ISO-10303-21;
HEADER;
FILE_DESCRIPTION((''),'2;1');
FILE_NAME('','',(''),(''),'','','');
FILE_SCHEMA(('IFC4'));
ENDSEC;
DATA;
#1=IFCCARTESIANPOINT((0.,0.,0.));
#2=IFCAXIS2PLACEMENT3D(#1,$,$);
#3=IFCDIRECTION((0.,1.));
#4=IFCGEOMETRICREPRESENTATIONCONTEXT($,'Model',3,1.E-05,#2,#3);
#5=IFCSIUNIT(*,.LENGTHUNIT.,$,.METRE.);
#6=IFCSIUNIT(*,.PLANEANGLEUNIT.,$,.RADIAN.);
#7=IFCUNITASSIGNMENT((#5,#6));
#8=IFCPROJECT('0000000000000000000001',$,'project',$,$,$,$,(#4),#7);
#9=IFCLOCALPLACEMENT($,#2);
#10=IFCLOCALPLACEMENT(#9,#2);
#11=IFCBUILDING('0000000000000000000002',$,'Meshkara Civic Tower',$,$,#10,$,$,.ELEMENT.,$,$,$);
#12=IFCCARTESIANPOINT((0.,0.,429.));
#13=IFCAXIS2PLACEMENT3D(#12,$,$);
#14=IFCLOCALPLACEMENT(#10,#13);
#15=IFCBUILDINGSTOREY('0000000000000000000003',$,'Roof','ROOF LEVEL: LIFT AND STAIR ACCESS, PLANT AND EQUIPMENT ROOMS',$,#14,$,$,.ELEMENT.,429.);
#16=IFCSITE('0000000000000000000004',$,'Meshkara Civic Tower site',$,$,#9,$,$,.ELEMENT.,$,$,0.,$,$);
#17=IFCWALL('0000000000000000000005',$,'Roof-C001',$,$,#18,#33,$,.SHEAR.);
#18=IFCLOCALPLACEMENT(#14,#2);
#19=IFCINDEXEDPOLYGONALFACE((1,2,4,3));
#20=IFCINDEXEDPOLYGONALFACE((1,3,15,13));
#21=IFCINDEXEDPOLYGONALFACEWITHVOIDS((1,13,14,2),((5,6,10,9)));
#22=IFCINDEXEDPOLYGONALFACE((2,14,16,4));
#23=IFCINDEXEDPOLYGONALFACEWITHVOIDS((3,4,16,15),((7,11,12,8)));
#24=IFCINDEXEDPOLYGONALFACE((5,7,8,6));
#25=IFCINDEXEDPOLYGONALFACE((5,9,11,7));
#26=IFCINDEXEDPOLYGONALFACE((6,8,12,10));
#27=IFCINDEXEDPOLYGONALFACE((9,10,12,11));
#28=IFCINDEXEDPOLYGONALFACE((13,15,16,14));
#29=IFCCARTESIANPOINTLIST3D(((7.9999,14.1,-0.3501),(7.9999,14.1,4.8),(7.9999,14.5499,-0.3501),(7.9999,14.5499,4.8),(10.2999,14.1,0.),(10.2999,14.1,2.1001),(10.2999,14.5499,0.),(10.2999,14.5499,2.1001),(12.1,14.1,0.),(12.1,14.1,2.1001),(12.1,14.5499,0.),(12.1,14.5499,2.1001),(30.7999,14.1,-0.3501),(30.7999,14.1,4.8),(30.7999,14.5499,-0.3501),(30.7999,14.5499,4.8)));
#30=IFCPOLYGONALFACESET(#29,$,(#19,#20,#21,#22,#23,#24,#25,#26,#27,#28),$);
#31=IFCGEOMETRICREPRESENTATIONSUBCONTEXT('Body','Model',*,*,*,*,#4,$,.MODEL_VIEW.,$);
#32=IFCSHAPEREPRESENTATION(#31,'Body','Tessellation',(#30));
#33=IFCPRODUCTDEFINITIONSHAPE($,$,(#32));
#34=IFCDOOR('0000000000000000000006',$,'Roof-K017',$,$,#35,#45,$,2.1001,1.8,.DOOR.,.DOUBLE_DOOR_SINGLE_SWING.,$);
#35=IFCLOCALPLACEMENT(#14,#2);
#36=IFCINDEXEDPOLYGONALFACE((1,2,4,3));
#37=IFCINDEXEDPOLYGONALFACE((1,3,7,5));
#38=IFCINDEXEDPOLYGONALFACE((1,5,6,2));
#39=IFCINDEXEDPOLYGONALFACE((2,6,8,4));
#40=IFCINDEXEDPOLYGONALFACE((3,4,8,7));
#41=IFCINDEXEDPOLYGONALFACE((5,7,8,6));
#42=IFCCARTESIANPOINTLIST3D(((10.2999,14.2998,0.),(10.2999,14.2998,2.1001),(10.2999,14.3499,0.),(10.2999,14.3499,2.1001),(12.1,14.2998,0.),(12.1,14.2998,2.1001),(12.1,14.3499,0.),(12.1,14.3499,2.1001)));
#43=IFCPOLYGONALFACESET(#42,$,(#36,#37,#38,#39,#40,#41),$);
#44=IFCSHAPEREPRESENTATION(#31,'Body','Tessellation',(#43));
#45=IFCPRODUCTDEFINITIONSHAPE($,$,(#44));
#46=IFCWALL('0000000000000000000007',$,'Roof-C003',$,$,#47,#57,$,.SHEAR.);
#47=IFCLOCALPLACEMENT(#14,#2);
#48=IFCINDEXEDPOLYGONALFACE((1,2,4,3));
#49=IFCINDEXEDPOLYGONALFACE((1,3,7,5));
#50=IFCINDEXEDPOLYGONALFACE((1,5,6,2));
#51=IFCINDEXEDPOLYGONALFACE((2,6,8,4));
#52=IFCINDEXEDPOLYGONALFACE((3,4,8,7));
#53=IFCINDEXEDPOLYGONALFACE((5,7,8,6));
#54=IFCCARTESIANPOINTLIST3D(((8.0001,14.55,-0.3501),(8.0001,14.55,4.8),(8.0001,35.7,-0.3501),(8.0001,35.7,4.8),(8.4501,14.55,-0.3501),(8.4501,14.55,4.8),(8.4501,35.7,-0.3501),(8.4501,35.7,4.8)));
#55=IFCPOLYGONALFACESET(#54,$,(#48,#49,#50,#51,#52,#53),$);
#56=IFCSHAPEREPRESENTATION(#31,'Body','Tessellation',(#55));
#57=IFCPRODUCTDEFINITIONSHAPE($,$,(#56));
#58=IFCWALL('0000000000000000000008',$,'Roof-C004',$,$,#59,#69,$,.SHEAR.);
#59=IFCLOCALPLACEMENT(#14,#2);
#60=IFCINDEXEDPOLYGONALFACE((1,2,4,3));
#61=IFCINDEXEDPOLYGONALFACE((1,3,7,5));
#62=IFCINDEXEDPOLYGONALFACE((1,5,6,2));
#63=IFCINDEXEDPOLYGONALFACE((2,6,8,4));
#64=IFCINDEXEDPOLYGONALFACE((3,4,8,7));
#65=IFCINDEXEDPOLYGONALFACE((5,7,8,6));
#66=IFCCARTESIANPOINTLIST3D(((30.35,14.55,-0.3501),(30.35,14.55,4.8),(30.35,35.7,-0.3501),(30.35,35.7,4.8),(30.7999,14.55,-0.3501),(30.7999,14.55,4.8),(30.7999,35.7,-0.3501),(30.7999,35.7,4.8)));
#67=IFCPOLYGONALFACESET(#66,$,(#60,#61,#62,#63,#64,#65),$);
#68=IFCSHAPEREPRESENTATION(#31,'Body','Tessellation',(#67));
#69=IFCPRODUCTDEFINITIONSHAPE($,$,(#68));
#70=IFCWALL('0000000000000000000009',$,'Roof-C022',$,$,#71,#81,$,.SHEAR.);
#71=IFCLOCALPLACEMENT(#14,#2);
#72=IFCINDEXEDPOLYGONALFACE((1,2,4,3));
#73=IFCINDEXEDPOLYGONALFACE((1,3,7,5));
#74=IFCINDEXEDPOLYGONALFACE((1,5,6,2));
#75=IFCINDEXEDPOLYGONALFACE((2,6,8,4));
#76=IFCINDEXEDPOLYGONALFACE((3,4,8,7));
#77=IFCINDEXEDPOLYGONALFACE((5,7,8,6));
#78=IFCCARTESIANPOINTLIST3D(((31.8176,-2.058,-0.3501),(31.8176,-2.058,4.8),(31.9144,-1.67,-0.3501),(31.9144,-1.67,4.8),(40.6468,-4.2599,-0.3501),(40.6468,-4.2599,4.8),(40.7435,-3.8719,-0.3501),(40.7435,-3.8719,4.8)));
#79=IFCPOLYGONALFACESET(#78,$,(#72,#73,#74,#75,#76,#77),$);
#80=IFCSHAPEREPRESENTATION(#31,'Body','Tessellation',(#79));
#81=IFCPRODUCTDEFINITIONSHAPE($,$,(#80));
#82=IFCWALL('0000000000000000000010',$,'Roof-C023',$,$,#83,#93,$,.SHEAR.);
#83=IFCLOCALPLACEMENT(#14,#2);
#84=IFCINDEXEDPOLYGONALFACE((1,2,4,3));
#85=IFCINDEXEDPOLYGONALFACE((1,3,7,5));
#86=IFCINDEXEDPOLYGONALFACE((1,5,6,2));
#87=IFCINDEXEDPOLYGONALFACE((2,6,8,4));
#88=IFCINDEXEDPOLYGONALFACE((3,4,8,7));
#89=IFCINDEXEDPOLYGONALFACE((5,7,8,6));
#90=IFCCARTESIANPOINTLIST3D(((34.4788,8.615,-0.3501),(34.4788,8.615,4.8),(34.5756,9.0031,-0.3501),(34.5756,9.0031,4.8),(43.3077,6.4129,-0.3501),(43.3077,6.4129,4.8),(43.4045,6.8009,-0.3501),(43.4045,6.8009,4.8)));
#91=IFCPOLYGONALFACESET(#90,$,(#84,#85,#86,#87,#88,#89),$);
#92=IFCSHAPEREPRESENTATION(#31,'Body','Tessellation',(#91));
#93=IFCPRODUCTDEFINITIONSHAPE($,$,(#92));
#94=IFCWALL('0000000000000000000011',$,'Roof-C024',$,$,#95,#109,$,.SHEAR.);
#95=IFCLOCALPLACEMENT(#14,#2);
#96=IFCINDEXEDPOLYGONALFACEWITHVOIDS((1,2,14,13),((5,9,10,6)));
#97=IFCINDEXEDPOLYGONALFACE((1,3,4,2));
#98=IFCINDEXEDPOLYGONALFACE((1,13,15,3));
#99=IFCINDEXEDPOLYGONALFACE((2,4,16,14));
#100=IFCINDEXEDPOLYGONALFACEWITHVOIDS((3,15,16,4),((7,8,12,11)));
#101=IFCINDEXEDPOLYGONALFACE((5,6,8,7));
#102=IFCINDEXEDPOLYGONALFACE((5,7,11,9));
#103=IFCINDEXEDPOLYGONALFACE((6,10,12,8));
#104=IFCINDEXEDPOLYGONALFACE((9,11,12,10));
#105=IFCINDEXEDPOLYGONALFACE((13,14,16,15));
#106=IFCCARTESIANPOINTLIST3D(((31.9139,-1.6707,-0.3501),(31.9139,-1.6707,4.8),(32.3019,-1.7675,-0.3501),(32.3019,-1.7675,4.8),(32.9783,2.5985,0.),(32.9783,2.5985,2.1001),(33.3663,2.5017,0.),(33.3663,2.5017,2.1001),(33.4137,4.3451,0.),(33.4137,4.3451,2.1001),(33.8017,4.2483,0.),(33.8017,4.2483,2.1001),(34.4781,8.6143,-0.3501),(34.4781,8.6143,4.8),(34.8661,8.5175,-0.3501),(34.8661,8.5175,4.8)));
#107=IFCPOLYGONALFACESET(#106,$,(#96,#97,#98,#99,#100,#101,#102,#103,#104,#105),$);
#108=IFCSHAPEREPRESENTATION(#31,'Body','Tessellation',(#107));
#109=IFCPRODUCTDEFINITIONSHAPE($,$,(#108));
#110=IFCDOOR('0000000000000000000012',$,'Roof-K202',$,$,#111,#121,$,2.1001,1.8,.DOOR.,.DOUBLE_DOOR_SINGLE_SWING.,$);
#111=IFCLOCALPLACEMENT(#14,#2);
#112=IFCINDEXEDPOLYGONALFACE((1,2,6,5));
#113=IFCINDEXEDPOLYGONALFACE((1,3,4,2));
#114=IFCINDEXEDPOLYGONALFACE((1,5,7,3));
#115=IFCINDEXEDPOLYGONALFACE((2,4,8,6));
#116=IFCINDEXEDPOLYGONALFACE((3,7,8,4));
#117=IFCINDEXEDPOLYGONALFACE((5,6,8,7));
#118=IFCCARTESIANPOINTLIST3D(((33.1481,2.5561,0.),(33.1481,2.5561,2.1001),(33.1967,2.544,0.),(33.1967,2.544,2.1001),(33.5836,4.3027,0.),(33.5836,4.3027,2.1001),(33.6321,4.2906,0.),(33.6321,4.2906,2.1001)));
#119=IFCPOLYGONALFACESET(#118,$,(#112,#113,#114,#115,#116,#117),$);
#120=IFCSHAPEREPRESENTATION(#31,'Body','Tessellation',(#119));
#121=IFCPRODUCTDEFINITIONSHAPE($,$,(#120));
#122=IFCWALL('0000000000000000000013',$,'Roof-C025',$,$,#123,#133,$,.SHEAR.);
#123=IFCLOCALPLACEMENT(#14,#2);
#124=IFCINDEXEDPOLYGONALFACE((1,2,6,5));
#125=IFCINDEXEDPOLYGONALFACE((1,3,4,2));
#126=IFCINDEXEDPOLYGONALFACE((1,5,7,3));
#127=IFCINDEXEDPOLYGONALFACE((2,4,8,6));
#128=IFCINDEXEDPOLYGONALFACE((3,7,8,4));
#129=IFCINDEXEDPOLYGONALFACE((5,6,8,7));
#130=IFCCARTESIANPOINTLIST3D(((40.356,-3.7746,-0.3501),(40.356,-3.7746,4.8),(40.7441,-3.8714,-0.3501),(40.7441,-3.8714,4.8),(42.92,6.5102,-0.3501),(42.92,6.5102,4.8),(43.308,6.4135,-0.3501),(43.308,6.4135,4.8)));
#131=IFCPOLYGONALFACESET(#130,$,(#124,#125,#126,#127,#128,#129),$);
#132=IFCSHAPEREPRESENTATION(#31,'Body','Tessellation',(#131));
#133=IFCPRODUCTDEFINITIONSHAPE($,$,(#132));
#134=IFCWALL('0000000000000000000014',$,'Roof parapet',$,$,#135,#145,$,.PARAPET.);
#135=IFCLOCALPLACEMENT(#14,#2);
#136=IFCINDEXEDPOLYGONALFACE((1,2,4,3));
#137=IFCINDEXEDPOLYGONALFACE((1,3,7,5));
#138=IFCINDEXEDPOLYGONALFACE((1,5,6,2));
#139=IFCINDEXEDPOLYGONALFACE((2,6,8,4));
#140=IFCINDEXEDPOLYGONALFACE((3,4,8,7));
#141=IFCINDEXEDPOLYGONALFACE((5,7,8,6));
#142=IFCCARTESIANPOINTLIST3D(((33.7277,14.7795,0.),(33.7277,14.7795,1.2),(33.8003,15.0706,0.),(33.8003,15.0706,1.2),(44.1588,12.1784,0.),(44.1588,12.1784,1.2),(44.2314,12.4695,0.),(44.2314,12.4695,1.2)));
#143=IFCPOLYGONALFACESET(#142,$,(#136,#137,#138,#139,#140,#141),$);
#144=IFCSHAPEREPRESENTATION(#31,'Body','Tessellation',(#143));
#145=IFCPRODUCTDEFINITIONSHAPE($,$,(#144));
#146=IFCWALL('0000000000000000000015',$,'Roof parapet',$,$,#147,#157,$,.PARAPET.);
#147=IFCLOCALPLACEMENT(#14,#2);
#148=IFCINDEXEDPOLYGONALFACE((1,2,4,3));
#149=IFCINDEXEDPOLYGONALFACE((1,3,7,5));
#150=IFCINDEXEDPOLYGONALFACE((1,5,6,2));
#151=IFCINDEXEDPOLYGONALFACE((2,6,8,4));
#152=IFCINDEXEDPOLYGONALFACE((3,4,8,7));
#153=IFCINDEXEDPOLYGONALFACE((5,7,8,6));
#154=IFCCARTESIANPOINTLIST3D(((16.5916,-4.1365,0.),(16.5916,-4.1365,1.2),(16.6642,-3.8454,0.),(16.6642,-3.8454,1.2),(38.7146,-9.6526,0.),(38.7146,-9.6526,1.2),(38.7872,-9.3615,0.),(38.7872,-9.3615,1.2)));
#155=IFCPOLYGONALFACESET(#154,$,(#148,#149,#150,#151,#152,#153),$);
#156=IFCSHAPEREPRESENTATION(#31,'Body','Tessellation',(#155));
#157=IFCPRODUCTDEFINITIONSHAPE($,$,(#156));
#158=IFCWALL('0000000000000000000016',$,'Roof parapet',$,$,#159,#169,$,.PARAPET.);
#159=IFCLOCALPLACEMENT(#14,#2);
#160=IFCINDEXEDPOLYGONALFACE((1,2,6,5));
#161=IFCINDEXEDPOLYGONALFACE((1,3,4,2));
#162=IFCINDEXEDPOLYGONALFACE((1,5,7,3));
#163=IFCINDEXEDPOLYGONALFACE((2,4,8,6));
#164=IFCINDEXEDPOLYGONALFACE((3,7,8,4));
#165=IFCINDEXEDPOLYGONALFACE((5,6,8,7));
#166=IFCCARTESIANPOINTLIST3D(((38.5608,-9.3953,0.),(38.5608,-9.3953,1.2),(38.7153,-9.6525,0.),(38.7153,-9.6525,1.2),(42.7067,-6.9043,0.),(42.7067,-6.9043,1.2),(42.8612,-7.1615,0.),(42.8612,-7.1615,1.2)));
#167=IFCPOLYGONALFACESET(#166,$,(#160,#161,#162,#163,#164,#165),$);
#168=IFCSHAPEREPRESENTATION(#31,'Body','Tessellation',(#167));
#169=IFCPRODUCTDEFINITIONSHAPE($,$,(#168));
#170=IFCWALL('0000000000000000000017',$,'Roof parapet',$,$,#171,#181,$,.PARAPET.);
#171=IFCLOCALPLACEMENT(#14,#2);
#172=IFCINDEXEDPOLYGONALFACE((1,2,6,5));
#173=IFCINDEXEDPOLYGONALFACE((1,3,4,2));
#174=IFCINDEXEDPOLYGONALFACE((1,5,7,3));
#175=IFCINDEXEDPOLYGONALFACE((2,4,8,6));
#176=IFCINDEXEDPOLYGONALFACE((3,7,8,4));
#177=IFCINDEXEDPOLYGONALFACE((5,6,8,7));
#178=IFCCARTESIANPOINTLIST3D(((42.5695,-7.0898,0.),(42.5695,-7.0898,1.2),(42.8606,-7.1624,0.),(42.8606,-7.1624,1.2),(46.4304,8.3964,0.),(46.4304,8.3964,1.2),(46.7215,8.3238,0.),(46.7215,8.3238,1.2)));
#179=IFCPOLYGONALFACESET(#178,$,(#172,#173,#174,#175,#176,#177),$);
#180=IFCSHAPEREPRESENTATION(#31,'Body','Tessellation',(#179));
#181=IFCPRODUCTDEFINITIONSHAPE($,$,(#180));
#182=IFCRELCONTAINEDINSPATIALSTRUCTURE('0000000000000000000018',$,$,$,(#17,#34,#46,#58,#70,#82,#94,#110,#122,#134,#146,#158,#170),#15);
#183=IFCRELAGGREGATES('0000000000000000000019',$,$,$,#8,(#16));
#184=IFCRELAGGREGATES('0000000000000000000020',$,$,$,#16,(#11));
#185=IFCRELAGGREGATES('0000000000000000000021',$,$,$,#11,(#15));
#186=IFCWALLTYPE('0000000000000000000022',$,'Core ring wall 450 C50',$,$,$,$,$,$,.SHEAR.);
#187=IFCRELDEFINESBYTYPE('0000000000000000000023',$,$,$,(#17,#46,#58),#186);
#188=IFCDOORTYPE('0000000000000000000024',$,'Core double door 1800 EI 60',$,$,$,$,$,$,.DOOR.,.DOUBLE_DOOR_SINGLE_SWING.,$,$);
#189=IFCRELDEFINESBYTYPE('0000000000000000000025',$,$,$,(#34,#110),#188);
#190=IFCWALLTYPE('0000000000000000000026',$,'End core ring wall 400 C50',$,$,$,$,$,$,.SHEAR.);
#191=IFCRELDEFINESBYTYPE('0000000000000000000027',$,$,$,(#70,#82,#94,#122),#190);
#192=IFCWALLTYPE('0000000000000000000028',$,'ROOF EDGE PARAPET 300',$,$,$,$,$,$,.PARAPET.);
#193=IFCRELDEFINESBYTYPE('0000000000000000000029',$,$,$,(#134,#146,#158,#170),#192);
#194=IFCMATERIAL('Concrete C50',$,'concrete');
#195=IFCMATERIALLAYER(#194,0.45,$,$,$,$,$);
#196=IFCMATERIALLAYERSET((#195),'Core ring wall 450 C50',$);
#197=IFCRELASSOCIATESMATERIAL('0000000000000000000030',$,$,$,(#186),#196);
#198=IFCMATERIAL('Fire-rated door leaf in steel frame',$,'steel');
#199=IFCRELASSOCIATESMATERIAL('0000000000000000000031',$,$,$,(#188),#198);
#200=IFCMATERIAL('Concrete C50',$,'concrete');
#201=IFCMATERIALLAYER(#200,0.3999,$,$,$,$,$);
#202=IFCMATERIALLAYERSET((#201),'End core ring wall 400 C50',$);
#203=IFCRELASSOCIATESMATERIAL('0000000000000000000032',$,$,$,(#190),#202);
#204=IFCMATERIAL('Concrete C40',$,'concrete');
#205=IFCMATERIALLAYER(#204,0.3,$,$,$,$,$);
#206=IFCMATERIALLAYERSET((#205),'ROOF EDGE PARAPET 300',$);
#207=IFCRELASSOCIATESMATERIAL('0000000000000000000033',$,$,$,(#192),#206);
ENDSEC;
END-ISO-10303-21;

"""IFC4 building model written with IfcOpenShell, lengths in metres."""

from ifc_helpers import new_model, si_unit, direction, frame, frame_2d, origin, place, context, subcontext, project, spatial, rectangle, extrude, material, layer, layer_set, type_object, element, fill, save


model = new_model("IFC4")

# Units and contexts
model_context = context("Model", 3, precision=1e-05, world=origin(), true_north=direction((0.0, 1.0)))
body_context = subcontext(model_context, "Body", "Model", "MODEL_VIEW")
ifc_project = project(units=[si_unit("LENGTHUNIT", "METRE"), si_unit("PLANEANGLEUNIT", "RADIAN")], contexts=[model_context])

# Site, building, storey
site_placement = place(None, origin())
site = spatial("IfcSite", under=ifc_project, at=site_placement, Name="Meshkara Civic Tower site", CompositionType="ELEMENT", RefElevation=0.0)
building_placement = place(site_placement, origin())
building = spatial("IfcBuilding", under=site, at=building_placement, Name="Meshkara Civic Tower", CompositionType="ELEMENT")
storey_placement = place(building_placement, frame((0.0, 0.0, 429.0)))
storey = spatial("IfcBuildingStorey", under=building, at=storey_placement, Name="Roof", Description="ROOF LEVEL: LIFT AND STAIR ACCESS, PLANT AND EQUIPMENT ROOMS", CompositionType="ELEMENT", Elevation=429.0)

# Wall, opening, door
ifc_material_1 = material(Name="Concrete C50", Category="concrete")
ifc_layer_1 = layer(ifc_material_1, 0.45)
ifc_layer_set_1 = layer_set([ifc_layer_1], Name="Core ring wall 450 C50")
wall_type_1 = type_object("IfcWallType", Name="Core ring wall 450 C50", PredefinedType="SHEAR", material=ifc_layer_set_1)
wall_1_placement = place(storey_placement, frame((8.0, 14.325, -0.3501), z_axis=(0.0, 0.0, 1.0), x_axis=(1.0, 0.0, 0.0)))
wall_1 = element("IfcWall", 1, at=wall_1_placement, inside=storey, type_object=wall_type_1, Name="Roof-C001", PredefinedType="SHEAR", context=body_context, shape_type="SweptSolid", body=[
    extrude(rectangle(XDim=22.8, YDim=0.45, at=frame_2d((11.3999, 0.0))), origin(), (0.0, 0.0, 1.0), 5.1501),
])
opening_1_placement = place(wall_1_placement, frame((2.3, 0.0, 0.3501)))
opening_1 = element("IfcOpeningElement", 2, at=opening_1_placement, cuts=wall_1, PredefinedType="OPENING", context=body_context, shape_type="SweptSolid", body=[
    extrude(rectangle(XDim=1.8, YDim=2.1001, at=frame_2d((0.8999, 1.05))), frame((0.0, 0.2349, 0.0), z_axis=(0.0, -1.0, 0.0), x_axis=(1.0, 0.0, 0.0)), (0.0, 0.0, 1.0), 0.47),
])
ifc_material_2 = material(Name="Fire-rated door leaf in steel frame", Category="steel")
door_type_1 = type_object("IfcDoorType", Name="Core double door 1800 EI 60", OperationType="DOUBLE_DOOR_SINGLE_SWING", PredefinedType="DOOR", material=ifc_material_2)
door_1_placement = place(opening_1_placement, origin())
door_1 = element("IfcDoor", 3, at=door_1_placement, inside=storey, type_object=door_type_1, Name="Roof-K017", OperationType="DOUBLE_DOOR_SINGLE_SWING", OverallHeight=2.1001, OverallWidth=1.8, PredefinedType="DOOR", context=body_context, shape_type="SweptSolid", body=[
    extrude(rectangle(XDim=1.8, YDim=2.1001, at=frame_2d((0.8999, 1.05))), frame((0.0, 0.0249, 0.0), z_axis=(0.0, -1.0, 0.0), x_axis=(1.0, 0.0, 0.0)), (0.0, 0.0, 1.0), 0.05),
])
fill(opening_1, door_1)

# Walls
for number, where, z_axis, x_axis, name in (
    (4, (8.2251, 14.55, -0.3501), (0.0, 0.0, 1.0), (0.0, 1.0, 0.0), "Roof-C003"),
    (5, (30.575, 14.55, -0.3501), (0.0, 0.0, 1.0), (0.0, 1.0, 0.0), "Roof-C004"),
):
    element("IfcWall", number, at=place(storey_placement, frame(where, z_axis=z_axis, x_axis=x_axis)), inside=storey, type_object=wall_type_1, Name=name, PredefinedType="SHEAR", context=body_context, shape_type="SweptSolid", body=[
        extrude(rectangle(XDim=21.1499, YDim=0.45, at=frame_2d((10.575, 0.0))), origin(), (0.0, 0.0, 1.0), 5.1501),
    ])
ifc_material_3 = material(Name="Concrete C50", Category="concrete")
ifc_layer_2 = layer(ifc_material_3, 0.3999)
ifc_layer_set_2 = layer_set([ifc_layer_2], Name="End core ring wall 400 C50")
wall_type_2 = type_object("IfcWallType", Name="End core ring wall 400 C50", PredefinedType="SHEAR", material=ifc_layer_set_2)
wall_2_placement = place(storey_placement, frame((31.866, -1.864, -0.3501), z_axis=(0.0, 0.0, 1.0), x_axis=(0.970281, -0.24198, 0.0)))
element("IfcWall", 6, at=wall_2_placement, inside=storey, type_object=wall_type_2, Name="Roof-C022", PredefinedType="SHEAR", context=body_context, shape_type="SweptSolid", body=[
    extrude(rectangle(XDim=9.0996, YDim=0.3999, at=frame_2d((4.5498, 0.0))), origin(), (0.0, 0.0, 1.0), 5.1501),
])
wall_3_placement = place(storey_placement, frame((34.5271, 8.8091, -0.3501), z_axis=(0.0, 0.0, 1.0), x_axis=(0.970273, -0.242012, 0.0)))
element("IfcWall", 7, at=wall_3_placement, inside=storey, type_object=wall_type_2, Name="Roof-C023", PredefinedType="SHEAR", context=body_context, shape_type="SweptSolid", body=[
    extrude(rectangle(XDim=9.0994, YDim=0.3999, at=frame_2d((4.5498, 0.0))), origin(), (0.0, 0.0, 1.0), 5.1501),
])

# Wall, opening, door
wall_4_placement = place(storey_placement, frame((32.1079, -1.719, -0.3501), z_axis=(0.0, 0.0, 1.0), x_axis=(0.241912, 0.970298, 0.0)))
wall_4 = element("IfcWall", 8, at=wall_4_placement, inside=storey, type_object=wall_type_2, Name="Roof-C024", PredefinedType="SHEAR", context=body_context, shape_type="SweptSolid", body=[
    extrude(rectangle(XDim=10.5999, YDim=0.3999, at=frame_2d((5.2998, 0.0))), origin(), (0.0, 0.0, 1.0), 5.1501),
])
opening_2_placement = place(wall_4_placement, frame((4.3999, 0.0, 0.3501)))
opening_2 = element("IfcOpeningElement", 9, at=opening_2_placement, cuts=wall_4, PredefinedType="OPENING", context=body_context, shape_type="SweptSolid", body=[
    extrude(rectangle(XDim=1.8, YDim=2.1001, at=frame_2d((0.8999, 1.05))), frame((0.0, 0.21, 0.0), z_axis=(0.0, -1.0, 0.0), x_axis=(1.0, 0.0, 0.0)), (0.0, 0.0, 1.0), 0.4199),
])
door_2_placement = place(opening_2_placement, origin())
door_2 = element("IfcDoor", 10, at=door_2_placement, inside=storey, type_object=door_type_1, Name="Roof-K202", OperationType="DOUBLE_DOOR_SINGLE_SWING", OverallHeight=2.1001, OverallWidth=1.8, PredefinedType="DOOR", context=body_context, shape_type="SweptSolid", body=[
    extrude(rectangle(XDim=1.8, YDim=2.1001, at=frame_2d((0.8999, 1.05))), frame((0.0, 0.0249, 0.0), z_axis=(0.0, -1.0, 0.0), x_axis=(1.0, 0.0, 0.0)), (0.0, 0.0, 1.0), 0.05),
])
fill(opening_2, door_2)

# Walls
wall_5_placement = place(storey_placement, frame((40.55, -3.823, -0.3501), z_axis=(0.0, 0.0, 1.0), x_axis=(0.241891, 0.970304, 0.0)))
element("IfcWall", 11, at=wall_5_placement, inside=storey, type_object=wall_type_2, Name="Roof-C025", PredefinedType="SHEAR", context=body_context, shape_type="SweptSolid", body=[
    extrude(rectangle(XDim=10.5996, YDim=0.3999, at=frame_2d((5.2998, 0.0))), origin(), (0.0, 0.0, 1.0), 5.1501),
])
ifc_material_4 = material(Name="Concrete C40", Category="concrete")
ifc_layer_3 = layer(ifc_material_4, 0.3)
ifc_layer_set_3 = layer_set([ifc_layer_3], Name="ROOF EDGE PARAPET 300")
wall_type_3 = type_object("IfcWallType", Name="ROOF EDGE PARAPET 300", PredefinedType="PARAPET", material=ifc_layer_set_3)
wall_6_placement = place(storey_placement, frame((44.1951, 12.324, 0.0), z_axis=(0.0, 0.0, 1.0), x_axis=(-0.970289, 0.241948, 0.0)))
element("IfcWall", 12, at=wall_6_placement, inside=storey, type_object=wall_type_3, Name="Roof parapet", PredefinedType="PARAPET", context=body_context, shape_type="SweptSolid", body=[
    extrude(rectangle(XDim=10.7505, YDim=0.3, at=frame_2d((5.3752, 0.0))), origin(), (0.0, 0.0, 1.0), 1.2),
])
wall_7_placement = place(storey_placement, frame((16.6279, -3.991, 0.0), z_axis=(0.0, 0.0, 1.0), x_axis=(0.970293, -0.241931, 0.0)))
element("IfcWall", 13, at=wall_7_placement, inside=storey, type_object=wall_type_3, Name="Roof parapet", PredefinedType="PARAPET", context=body_context, shape_type="SweptSolid", body=[
    extrude(rectangle(XDim=22.8003, YDim=0.3, at=frame_2d((11.4001, 0.0))), origin(), (0.0, 0.0, 1.0), 1.2),
])
wall_8_placement = place(storey_placement, frame((38.6379, -9.5239, 0.0), z_axis=(0.0, 0.0, 1.0), x_axis=(0.857185, 0.515008, 0.0)))
element("IfcWall", 14, at=wall_8_placement, inside=storey, type_object=wall_type_3, Name="Roof parapet", PredefinedType="PARAPET", context=body_context, shape_type="SweptSolid", body=[
    extrude(rectangle(XDim=4.8367, YDim=0.3, at=frame_2d((2.4185, 0.0))), origin(), (0.0, 0.0, 1.0), 1.2),
])
wall_9_placement = place(storey_placement, frame((42.7151, -7.126, 0.0), z_axis=(0.0, 0.0, 1.0), x_axis=(0.241906, 0.9703, 0.0)))
element("IfcWall", 15, at=wall_9_placement, inside=storey, type_object=wall_type_3, Name="Roof parapet", PredefinedType="PARAPET", context=body_context, shape_type="SweptSolid", body=[
    extrude(rectangle(XDim=15.9602, YDim=0.3, at=frame_2d((7.98, 0.0))), origin(), (0.0, 0.0, 1.0), 1.2),
])

save(model, "model.ifc")
